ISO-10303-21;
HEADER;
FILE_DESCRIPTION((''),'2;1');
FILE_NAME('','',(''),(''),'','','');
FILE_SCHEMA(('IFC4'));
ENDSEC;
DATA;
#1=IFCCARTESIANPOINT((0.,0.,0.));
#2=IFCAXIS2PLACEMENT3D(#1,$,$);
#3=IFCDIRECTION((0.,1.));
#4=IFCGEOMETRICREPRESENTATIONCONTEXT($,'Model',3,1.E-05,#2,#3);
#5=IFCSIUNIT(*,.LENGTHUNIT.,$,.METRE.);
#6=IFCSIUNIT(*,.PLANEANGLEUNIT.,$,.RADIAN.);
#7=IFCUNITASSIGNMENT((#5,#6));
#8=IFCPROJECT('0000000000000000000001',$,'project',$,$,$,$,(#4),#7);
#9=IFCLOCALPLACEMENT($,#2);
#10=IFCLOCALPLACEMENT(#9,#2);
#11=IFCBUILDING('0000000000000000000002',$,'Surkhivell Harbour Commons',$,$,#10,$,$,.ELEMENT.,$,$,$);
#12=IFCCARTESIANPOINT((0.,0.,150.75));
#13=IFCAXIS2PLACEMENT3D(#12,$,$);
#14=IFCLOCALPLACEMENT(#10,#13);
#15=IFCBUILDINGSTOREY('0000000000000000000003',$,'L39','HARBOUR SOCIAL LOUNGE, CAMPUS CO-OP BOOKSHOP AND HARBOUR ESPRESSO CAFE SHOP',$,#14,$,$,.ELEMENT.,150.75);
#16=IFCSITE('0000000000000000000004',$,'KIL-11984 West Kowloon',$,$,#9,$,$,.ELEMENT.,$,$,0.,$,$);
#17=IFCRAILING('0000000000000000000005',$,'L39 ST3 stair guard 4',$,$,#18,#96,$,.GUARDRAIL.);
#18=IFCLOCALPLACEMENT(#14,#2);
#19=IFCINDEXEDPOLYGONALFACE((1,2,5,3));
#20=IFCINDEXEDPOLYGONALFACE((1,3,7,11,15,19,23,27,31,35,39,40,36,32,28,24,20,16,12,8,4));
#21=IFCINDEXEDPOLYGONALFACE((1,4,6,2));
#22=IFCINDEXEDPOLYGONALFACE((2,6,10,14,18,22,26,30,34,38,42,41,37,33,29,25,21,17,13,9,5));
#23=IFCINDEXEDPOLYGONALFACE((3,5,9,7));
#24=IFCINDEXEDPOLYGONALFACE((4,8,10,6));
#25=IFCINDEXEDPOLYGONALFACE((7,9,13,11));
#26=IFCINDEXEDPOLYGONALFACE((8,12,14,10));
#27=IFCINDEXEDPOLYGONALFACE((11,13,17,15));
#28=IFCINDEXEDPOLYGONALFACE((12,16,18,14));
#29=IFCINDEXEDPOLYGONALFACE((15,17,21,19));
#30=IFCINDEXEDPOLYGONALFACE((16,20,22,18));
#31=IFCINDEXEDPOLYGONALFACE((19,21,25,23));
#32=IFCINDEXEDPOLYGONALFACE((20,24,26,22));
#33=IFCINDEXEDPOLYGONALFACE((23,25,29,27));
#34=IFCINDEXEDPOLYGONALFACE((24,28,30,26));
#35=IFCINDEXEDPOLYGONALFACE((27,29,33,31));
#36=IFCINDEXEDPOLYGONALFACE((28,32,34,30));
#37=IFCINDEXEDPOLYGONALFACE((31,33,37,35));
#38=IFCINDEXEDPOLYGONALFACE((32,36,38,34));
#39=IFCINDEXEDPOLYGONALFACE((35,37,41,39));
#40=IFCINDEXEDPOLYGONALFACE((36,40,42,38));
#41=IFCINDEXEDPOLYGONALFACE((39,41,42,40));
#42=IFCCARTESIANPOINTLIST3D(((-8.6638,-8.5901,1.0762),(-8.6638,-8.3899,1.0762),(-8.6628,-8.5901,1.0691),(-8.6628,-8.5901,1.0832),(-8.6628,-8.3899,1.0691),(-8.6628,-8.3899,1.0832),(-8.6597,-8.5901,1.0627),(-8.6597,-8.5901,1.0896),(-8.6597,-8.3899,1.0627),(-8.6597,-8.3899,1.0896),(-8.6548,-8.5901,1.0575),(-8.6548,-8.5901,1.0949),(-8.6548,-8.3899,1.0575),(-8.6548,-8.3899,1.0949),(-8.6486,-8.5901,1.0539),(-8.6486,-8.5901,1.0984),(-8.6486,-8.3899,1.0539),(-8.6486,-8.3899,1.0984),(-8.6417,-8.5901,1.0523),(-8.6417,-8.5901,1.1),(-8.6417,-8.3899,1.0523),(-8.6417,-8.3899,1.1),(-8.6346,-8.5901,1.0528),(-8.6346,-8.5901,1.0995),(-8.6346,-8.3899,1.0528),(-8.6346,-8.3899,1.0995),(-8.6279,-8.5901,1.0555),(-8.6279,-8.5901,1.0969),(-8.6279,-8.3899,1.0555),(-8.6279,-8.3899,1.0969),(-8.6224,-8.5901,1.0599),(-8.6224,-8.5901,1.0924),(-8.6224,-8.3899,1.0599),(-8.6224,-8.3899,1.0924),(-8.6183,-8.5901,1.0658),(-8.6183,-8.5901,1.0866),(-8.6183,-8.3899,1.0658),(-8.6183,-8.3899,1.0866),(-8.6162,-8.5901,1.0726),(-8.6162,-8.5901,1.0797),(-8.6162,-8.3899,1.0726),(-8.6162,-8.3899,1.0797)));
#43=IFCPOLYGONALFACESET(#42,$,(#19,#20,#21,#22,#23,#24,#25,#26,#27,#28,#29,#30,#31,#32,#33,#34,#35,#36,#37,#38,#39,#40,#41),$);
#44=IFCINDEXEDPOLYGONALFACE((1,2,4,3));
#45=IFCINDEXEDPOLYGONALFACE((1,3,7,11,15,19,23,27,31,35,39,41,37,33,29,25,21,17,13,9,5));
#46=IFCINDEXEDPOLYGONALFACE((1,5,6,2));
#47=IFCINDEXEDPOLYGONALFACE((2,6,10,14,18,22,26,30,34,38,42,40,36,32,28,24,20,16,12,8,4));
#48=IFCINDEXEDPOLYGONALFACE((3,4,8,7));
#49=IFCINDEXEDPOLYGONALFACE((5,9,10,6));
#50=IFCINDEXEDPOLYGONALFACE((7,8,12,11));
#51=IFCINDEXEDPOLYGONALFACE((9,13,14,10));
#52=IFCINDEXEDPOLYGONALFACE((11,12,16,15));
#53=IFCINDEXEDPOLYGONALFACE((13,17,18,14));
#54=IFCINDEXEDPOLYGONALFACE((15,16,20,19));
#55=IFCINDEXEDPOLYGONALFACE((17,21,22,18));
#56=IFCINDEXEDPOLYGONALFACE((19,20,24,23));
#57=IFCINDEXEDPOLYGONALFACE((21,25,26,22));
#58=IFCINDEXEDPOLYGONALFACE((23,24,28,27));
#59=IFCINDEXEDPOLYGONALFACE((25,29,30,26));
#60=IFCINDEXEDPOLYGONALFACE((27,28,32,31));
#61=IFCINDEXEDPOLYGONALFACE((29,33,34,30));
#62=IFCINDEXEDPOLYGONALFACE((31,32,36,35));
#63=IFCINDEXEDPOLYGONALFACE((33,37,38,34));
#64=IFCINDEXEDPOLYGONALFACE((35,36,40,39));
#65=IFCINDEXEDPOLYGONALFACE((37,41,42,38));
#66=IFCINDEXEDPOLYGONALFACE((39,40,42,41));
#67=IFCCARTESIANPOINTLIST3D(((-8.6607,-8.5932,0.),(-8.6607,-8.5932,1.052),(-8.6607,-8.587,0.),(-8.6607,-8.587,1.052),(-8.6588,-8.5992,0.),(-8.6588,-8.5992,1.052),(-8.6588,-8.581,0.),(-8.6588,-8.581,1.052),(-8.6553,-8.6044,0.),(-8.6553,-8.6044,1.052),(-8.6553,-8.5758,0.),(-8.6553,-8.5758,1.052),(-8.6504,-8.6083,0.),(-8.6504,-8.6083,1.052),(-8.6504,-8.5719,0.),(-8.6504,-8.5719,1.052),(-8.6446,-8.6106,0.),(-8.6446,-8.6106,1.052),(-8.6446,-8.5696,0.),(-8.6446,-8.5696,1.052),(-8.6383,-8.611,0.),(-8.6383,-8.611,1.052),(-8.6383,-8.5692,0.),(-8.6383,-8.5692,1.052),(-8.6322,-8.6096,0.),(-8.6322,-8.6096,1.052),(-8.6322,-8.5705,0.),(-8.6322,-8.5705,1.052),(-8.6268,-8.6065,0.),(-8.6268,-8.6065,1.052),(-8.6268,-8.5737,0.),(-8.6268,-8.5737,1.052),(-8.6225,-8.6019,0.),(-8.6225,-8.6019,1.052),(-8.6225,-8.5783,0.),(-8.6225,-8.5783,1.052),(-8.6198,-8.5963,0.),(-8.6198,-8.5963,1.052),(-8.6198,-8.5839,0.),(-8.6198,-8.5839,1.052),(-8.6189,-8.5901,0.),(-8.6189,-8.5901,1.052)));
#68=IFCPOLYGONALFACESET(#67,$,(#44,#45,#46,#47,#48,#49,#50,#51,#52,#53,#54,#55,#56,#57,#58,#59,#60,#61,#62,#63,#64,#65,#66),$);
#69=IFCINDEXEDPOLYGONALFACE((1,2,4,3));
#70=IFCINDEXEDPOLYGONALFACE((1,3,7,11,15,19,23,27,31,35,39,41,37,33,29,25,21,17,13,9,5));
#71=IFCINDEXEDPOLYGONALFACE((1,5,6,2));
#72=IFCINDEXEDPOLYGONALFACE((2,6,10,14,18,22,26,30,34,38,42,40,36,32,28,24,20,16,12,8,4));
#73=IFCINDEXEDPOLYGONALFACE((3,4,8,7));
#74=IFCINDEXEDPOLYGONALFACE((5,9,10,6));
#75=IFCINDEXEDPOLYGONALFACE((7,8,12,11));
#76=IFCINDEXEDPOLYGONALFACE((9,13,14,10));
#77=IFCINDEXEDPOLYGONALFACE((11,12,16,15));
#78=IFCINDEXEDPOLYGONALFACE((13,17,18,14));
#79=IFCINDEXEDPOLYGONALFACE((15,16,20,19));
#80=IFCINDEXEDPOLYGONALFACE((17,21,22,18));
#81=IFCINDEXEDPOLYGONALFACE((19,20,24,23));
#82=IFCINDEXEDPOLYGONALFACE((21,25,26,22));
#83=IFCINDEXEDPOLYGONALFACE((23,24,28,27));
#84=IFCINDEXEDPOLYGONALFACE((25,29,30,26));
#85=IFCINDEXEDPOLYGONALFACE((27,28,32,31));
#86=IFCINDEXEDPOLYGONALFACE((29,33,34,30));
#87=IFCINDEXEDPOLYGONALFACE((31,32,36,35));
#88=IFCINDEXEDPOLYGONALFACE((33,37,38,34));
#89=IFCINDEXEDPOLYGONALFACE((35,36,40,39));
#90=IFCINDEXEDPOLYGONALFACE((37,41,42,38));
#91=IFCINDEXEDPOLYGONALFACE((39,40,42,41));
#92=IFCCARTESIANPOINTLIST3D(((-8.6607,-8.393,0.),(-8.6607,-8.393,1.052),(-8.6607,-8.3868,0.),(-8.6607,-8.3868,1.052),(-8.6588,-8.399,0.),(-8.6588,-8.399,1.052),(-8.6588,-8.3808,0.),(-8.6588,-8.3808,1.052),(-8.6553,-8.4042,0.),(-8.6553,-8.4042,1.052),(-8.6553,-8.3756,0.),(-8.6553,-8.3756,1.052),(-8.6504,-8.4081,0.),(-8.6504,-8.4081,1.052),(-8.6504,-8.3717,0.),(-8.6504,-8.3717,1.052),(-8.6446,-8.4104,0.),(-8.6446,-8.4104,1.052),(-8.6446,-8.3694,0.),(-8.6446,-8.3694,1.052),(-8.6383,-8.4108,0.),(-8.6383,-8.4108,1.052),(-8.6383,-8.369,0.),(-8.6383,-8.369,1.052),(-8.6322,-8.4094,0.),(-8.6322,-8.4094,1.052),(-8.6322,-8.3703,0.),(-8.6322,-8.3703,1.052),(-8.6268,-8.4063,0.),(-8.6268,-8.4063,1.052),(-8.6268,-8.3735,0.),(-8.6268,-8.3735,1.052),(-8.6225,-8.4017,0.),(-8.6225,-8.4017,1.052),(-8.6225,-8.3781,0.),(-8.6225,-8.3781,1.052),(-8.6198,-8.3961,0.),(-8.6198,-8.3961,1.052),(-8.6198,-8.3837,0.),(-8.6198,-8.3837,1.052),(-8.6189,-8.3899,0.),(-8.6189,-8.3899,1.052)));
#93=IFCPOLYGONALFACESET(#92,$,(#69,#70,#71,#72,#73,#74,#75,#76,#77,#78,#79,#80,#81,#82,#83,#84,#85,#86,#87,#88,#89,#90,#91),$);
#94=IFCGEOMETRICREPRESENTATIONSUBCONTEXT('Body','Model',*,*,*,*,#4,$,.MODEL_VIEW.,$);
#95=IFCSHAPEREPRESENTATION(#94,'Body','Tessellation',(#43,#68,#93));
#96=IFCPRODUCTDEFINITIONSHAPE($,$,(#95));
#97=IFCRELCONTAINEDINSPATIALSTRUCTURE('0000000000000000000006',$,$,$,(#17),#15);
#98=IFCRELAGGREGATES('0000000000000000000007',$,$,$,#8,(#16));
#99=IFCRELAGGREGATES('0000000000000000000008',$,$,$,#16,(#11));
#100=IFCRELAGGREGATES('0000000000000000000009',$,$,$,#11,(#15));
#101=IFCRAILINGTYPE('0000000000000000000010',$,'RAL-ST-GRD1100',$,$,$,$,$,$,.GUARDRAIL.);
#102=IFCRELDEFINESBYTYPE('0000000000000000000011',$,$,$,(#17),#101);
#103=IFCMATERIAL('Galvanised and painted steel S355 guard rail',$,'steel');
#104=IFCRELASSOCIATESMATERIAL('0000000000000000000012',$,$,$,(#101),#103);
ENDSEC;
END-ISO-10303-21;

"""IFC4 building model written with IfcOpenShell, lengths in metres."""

from ifc_helpers import new_model, si_unit, direction, frame, origin, origin_2d, place, context, subcontext, project, spatial, circle, extrude, material, type_object, element, save


model = new_model("IFC4")

# Units and contexts
model_context = context("Model", 3, precision=1e-05, world=origin(), true_north=direction((0.0, 1.0)))
body_context = subcontext(model_context, "Body", "Model", "MODEL_VIEW")
ifc_project = project(units=[si_unit("LENGTHUNIT", "METRE"), si_unit("PLANEANGLEUNIT", "RADIAN")], contexts=[model_context])

# Site, building, storey
site_placement = place(None, origin())
site = spatial("IfcSite", under=ifc_project, at=site_placement, Name="KIL-11984 West Kowloon", CompositionType="ELEMENT", RefElevation=0.0)
building_placement = place(site_placement, origin())
building = spatial("IfcBuilding", under=site, at=building_placement, Name="Surkhivell Harbour Commons", CompositionType="ELEMENT")
storey_placement = place(building_placement, frame((0.0, 0.0, 150.75)))
storey = spatial("IfcBuildingStorey", under=building, at=storey_placement, Name="L39", Description="HARBOUR SOCIAL LOUNGE, CAMPUS CO-OP BOOKSHOP AND HARBOUR ESPRESSO CAFE SHOP", CompositionType="ELEMENT", Elevation=150.75)

# Railing
ifc_material_1 = material(Name="Galvanised and painted steel S355 guard rail", Category="steel")
railing_type_1 = type_object("IfcRailingType", Name="RAL-ST-GRD1100", PredefinedType="GUARDRAIL", material=ifc_material_1)
railing_1_placement = place(storey_placement, frame((-8.6399, -8.5901, 0.0)))
element("IfcRailing", 1, at=railing_1_placement, inside=storey, type_object=railing_type_1, Name="L39 ST3 stair guard 4", PredefinedType="GUARDRAIL", context=body_context, shape_type="SweptSolid", body=[
    extrude(circle(Radius=0.0239, at=origin_2d()), frame((0.0, 0.0, 1.0762), z_axis=(0.0, 1.0, 0.0), x_axis=(-1.0, 0.0, 0.0)), (0.0, 0.0, 1.0), 0.2002),
    extrude(circle(Radius=0.021, at=origin_2d()), origin(), (0.0, 0.0, 1.0), 1.052),
    extrude(circle(Radius=0.021, at=origin_2d()), frame((0.0, 0.2002, 0.0)), (0.0, 0.0, 1.0), 1.052),
])

save(model, "model.ifc")
